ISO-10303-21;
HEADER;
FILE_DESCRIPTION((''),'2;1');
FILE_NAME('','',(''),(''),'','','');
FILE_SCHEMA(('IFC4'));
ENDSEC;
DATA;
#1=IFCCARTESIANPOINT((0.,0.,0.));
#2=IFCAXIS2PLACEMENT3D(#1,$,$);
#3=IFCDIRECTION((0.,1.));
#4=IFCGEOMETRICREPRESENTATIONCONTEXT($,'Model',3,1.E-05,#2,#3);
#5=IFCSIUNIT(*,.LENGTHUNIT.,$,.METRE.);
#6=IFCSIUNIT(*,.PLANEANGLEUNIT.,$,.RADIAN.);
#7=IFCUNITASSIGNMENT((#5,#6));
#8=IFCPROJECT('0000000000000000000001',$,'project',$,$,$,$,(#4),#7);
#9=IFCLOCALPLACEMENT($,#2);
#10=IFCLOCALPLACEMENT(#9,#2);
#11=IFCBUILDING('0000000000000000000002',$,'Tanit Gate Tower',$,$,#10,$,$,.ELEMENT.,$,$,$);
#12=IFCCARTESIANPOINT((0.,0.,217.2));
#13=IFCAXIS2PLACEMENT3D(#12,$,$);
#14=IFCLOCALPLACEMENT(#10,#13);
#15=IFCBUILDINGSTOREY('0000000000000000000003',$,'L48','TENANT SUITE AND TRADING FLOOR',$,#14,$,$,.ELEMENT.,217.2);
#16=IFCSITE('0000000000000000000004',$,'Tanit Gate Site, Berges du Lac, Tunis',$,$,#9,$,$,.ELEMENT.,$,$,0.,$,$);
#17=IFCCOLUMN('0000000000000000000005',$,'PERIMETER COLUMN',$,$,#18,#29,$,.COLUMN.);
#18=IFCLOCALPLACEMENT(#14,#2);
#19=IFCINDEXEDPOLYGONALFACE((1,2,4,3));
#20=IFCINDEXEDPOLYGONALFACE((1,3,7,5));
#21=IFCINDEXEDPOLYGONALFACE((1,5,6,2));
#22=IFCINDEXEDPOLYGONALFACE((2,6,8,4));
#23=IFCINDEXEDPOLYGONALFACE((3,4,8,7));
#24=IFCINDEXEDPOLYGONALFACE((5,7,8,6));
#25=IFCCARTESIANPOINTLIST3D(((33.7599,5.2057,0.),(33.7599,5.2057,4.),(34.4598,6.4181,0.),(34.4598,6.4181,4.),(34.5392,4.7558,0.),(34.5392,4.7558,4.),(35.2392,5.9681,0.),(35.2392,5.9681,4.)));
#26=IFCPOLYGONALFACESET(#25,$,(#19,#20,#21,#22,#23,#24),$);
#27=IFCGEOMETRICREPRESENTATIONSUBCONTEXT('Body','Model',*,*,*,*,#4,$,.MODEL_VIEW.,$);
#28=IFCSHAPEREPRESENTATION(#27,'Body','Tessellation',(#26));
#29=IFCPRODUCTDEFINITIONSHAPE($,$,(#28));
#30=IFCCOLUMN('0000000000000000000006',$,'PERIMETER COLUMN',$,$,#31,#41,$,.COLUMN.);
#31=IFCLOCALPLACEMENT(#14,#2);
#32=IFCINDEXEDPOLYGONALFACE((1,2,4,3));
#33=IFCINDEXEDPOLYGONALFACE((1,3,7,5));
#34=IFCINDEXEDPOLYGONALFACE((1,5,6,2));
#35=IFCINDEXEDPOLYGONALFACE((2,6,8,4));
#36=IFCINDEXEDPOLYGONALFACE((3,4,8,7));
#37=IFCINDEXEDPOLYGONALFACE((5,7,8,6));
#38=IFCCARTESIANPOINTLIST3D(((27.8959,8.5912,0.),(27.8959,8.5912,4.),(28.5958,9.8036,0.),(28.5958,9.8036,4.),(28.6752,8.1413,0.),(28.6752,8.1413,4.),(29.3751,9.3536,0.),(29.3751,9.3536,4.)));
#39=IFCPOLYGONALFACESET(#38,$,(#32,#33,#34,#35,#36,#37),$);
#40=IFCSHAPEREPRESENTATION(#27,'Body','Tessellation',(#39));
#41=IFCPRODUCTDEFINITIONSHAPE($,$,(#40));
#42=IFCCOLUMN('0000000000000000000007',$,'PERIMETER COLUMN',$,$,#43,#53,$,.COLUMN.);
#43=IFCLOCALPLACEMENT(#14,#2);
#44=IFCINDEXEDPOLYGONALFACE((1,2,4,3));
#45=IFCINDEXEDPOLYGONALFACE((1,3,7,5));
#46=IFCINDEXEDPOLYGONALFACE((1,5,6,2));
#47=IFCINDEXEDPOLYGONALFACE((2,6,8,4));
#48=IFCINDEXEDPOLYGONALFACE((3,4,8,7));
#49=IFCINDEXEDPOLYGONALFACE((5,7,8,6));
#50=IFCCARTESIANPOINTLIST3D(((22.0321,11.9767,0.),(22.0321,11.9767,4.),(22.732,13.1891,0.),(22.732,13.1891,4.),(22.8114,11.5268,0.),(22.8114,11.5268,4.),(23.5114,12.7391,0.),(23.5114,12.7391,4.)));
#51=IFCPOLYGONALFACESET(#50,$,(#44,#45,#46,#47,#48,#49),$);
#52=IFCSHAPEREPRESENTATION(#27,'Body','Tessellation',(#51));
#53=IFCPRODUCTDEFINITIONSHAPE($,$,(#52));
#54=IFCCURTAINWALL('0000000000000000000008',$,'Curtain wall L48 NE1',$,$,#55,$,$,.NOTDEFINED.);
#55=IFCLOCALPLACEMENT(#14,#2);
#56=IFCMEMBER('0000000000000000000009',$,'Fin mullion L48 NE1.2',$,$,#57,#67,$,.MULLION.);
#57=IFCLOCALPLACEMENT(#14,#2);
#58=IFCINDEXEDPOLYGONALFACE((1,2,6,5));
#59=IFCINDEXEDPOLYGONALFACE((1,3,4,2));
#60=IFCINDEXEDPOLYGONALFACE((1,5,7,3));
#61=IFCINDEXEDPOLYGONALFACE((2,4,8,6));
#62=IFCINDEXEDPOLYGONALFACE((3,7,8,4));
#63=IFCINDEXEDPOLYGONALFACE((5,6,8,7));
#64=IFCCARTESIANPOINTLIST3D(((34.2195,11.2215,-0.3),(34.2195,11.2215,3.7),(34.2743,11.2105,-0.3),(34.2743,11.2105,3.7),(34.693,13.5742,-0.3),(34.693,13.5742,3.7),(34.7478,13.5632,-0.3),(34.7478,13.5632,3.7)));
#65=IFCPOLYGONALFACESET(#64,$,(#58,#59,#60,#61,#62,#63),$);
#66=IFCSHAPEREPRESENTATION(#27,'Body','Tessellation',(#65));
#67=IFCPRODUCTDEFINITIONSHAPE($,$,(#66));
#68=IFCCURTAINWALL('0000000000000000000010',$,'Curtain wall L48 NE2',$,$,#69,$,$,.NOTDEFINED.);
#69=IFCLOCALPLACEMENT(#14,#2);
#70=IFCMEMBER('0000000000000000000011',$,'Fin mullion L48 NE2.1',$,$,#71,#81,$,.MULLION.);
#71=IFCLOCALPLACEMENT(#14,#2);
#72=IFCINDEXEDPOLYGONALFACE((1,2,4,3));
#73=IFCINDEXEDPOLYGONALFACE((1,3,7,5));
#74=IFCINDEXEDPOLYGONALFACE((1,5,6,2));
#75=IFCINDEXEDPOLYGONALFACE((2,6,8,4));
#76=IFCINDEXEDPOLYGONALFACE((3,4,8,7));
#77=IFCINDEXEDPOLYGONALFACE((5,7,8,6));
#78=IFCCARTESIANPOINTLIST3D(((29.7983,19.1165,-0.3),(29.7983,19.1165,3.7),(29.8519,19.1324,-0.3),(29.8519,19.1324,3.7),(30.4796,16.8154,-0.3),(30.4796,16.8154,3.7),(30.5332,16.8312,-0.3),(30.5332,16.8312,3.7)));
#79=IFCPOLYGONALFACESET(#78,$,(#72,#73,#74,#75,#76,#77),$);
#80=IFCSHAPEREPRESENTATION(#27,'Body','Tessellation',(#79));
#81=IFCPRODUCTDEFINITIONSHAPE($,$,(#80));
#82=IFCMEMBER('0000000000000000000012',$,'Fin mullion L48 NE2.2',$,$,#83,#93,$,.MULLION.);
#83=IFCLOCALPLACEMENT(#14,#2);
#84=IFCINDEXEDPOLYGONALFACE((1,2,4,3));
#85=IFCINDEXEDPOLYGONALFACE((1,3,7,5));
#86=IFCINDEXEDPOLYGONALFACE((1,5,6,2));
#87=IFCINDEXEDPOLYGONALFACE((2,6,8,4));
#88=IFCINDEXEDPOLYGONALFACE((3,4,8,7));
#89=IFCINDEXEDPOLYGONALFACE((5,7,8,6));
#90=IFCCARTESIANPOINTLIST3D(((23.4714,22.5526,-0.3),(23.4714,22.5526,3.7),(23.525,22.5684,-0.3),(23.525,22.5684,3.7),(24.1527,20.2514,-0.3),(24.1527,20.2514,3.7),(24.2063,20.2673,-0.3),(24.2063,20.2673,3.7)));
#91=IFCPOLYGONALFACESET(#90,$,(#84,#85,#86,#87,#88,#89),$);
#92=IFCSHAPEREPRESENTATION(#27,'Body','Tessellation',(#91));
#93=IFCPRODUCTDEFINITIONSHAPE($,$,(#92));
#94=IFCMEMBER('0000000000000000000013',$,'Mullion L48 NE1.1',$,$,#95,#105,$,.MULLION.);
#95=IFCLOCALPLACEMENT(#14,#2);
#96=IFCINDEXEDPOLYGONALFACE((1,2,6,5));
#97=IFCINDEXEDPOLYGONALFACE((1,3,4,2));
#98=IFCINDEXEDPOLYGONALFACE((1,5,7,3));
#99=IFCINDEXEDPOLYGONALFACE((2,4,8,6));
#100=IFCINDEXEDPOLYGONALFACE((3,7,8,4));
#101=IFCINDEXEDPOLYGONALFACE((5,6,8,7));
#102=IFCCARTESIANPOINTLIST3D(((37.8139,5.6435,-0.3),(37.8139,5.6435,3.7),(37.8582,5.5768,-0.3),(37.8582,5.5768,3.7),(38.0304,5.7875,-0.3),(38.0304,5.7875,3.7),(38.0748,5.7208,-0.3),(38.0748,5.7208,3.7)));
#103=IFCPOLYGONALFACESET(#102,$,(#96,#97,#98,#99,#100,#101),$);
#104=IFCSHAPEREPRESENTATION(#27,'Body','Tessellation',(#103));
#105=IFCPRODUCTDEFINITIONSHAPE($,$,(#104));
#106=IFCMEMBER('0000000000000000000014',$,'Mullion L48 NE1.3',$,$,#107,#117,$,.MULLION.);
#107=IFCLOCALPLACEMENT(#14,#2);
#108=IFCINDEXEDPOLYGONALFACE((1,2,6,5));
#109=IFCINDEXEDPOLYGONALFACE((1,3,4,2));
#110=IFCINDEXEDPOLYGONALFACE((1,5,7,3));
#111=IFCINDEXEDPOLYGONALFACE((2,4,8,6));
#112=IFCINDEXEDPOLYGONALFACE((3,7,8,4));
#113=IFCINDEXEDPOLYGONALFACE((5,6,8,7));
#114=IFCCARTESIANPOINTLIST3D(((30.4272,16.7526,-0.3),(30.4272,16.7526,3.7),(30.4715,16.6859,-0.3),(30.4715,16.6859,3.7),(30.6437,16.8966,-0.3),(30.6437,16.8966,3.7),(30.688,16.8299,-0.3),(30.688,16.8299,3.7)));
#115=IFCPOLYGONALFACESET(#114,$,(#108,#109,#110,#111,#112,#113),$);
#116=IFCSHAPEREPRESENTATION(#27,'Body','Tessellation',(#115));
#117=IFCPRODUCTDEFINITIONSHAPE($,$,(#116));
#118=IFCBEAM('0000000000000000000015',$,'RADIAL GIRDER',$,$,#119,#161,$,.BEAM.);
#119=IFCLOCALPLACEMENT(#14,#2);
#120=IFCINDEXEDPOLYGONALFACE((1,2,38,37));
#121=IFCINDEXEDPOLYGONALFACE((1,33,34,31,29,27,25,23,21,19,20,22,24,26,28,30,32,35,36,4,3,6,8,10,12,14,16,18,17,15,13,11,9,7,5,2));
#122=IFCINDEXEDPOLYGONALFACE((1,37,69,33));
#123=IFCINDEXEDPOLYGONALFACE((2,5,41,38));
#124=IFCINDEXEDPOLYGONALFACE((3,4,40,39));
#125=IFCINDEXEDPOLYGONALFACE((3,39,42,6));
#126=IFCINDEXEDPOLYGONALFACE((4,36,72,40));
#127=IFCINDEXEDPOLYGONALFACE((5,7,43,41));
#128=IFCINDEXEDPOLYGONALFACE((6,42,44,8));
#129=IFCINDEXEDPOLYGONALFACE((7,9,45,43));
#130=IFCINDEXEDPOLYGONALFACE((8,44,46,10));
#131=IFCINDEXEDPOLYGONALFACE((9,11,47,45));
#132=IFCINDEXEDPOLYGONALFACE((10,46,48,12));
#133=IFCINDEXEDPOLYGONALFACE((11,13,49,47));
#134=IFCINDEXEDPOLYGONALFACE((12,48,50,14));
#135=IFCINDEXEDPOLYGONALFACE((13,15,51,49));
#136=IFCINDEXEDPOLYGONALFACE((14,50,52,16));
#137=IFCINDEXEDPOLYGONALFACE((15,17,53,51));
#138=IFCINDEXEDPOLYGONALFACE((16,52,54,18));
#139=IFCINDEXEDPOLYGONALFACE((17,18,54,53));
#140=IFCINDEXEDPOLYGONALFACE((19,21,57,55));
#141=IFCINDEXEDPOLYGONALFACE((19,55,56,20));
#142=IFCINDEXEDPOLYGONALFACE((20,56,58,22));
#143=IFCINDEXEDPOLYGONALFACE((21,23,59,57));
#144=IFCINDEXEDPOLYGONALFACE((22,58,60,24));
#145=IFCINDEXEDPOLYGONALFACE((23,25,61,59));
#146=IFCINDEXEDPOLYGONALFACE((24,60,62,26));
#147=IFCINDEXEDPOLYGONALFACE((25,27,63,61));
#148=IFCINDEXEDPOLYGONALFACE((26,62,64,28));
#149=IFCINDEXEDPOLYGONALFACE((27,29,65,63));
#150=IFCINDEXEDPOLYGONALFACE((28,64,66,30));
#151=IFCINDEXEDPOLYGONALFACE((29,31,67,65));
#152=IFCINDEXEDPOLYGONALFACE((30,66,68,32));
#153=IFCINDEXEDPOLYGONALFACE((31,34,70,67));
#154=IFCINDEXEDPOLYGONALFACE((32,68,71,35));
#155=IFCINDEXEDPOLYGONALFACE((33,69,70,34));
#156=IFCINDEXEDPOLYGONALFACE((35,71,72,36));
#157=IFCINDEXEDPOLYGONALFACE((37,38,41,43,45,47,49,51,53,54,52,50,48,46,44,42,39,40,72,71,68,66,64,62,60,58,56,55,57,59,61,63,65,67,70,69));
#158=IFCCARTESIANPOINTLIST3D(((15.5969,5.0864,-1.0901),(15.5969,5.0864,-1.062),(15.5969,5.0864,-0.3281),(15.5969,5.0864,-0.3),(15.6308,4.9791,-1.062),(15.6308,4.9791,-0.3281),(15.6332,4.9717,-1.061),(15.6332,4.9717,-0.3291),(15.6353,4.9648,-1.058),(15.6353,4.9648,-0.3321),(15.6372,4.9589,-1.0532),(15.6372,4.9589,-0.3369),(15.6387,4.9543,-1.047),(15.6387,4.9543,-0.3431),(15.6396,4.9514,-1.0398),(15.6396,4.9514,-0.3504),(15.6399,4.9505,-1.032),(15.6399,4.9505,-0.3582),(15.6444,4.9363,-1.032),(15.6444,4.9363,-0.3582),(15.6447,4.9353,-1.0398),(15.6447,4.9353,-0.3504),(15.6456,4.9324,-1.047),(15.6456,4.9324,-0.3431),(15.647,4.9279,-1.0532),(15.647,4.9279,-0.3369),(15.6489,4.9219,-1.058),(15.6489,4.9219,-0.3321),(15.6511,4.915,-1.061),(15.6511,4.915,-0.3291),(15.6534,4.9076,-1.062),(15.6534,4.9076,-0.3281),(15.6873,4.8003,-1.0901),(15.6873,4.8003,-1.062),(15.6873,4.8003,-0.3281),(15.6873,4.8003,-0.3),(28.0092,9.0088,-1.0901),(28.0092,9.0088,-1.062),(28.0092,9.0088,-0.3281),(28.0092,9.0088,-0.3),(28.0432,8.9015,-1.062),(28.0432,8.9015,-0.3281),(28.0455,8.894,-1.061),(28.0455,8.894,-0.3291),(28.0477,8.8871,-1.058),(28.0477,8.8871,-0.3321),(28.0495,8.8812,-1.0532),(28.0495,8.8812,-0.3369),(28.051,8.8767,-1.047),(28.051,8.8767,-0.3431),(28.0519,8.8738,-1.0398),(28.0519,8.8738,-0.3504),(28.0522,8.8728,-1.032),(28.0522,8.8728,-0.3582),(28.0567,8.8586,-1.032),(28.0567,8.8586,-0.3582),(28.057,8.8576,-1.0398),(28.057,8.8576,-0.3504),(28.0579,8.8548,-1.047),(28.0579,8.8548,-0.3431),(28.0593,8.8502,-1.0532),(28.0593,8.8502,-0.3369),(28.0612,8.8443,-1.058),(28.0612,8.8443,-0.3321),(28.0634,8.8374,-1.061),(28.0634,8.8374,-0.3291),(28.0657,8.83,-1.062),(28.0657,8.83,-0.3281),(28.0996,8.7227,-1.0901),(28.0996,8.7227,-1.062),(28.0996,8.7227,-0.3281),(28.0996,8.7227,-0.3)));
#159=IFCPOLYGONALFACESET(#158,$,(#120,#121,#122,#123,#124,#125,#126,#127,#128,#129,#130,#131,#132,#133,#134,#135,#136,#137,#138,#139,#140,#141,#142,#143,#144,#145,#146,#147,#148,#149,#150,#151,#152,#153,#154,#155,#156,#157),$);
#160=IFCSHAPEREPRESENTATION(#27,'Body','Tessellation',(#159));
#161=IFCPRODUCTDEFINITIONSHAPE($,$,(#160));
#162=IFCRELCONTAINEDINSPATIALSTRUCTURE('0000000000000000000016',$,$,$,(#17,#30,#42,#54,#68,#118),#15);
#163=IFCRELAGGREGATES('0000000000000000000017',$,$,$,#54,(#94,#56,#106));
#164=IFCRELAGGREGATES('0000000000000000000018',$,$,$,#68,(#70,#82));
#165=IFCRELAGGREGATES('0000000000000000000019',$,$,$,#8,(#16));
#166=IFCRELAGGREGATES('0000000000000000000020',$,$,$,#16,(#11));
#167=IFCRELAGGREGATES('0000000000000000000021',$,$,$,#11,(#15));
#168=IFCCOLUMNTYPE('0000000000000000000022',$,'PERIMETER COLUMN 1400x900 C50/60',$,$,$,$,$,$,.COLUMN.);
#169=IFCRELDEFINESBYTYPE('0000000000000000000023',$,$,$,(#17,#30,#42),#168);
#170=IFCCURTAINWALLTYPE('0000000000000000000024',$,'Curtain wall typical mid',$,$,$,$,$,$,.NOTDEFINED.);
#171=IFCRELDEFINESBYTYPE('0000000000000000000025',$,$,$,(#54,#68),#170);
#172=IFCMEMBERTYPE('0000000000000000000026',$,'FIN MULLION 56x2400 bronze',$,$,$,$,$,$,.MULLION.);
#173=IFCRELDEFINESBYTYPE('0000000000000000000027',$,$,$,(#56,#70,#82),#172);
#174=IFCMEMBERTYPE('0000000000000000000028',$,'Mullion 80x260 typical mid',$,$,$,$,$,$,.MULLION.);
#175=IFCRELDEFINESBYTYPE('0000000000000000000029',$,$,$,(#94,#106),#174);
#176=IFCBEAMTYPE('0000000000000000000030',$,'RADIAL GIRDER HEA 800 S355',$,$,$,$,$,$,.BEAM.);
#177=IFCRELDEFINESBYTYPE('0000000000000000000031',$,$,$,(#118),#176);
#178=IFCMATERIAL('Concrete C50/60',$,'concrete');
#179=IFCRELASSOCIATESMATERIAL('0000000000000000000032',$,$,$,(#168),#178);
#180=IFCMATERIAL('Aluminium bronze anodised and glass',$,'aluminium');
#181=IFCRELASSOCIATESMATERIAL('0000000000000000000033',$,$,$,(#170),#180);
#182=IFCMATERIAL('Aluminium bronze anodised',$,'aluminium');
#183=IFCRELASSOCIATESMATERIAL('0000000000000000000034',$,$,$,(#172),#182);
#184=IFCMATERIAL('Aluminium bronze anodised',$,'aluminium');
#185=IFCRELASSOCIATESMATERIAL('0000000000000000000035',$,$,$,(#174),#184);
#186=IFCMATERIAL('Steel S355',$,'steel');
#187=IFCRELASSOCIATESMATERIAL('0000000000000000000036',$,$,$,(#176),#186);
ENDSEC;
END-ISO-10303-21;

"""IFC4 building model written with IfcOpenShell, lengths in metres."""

from ifc_helpers import new_model, si_unit, direction, frame, origin, origin_2d, place, context, subcontext, project, spatial, rectangle, i_section, extrude, material, material_profile, profile_set, type_object, element, aggregate, save


model = new_model("IFC4")

# Units and contexts
model_context = context("Model", 3, precision=1e-05, world=origin(), true_north=direction((0.0, 1.0)))
body_context = subcontext(model_context, "Body", "Model", "MODEL_VIEW")
ifc_project = project(units=[si_unit("LENGTHUNIT", "METRE"), si_unit("PLANEANGLEUNIT", "RADIAN")], contexts=[model_context])

# Site, building, storey
site_placement = place(None, origin())
site = spatial("IfcSite", under=ifc_project, at=site_placement, Name="Tanit Gate Site, Berges du Lac, Tunis", CompositionType="ELEMENT", RefElevation=0.0)
building_placement = place(site_placement, origin())
building = spatial("IfcBuilding", under=site, at=building_placement, Name="Tanit Gate Tower", CompositionType="ELEMENT")
storey_placement = place(building_placement, frame((0.0, 0.0, 217.2)))
storey = spatial("IfcBuildingStorey", under=building, at=storey_placement, Name="L48", Description="TENANT SUITE AND TRADING FLOOR", CompositionType="ELEMENT", Elevation=217.2)

# Columns
ifc_material_1 = material(Name="Concrete C50/60", Category="concrete")
ifc_material_profile_1 = material_profile(ifc_material_1, rectangle(XDim=1.3999, YDim=0.8999, at=origin_2d()), Name="RC 1400x900")
ifc_profile_set_1 = profile_set([ifc_material_profile_1], Name="Concrete C50/60")
column_type = type_object("IfcColumnType", Name="PERIMETER COLUMN 1400x900 C50/60", PredefinedType="COLUMN", material=ifc_profile_set_1)
for number, where, z_axis, x_axis, name in (
    (1, (34.4995, 5.5869, 0.0), (0.0, 0.0, 1.0), (0.5, 0.866025, 0.0), "PERIMETER COLUMN"),
    (2, (28.6355, 8.9724, 0.0), (0.0, 0.0, 1.0), (0.5, 0.866025, 0.0), "PERIMETER COLUMN"),
    (3, (22.7717, 12.3579, 0.0), (0.0, 0.0, 1.0), (0.5, 0.866025, 0.0), "PERIMETER COLUMN"),
):
    element("IfcColumn", number, at=place(storey_placement, frame(where, z_axis=z_axis, x_axis=x_axis)), inside=storey, type_object=column_type, Name=name, PredefinedType="COLUMN", context=body_context, shape_type="SweptSolid", body=[
        extrude(rectangle(XDim=1.3999, YDim=0.8999, at=origin_2d()), origin(), (0.0, 0.0, 1.0), 4.0),
    ])

# Curtain wall, member
ifc_material_2 = material(Name="Aluminium bronze anodised and glass", Category="aluminium")
curtain_wall_type = type_object("IfcCurtainWallType", Name="Curtain wall typical mid", PredefinedType="NOTDEFINED", material=ifc_material_2)
curtain_wall_1_placement = place(storey_placement, origin())
curtain_wall_1 = element("IfcCurtainWall", 4, at=curtain_wall_1_placement, inside=storey, type_object=curtain_wall_type, Name="Curtain wall L48 NE1", PredefinedType="NOTDEFINED")
ifc_material_3 = material(Name="Aluminium bronze anodised", Category="aluminium")
ifc_material_profile_2 = material_profile(ifc_material_3, rectangle(XDim=2.3999, YDim=0.0559, at=origin_2d()), Name="56x2400 bronze fin mullion")
ifc_profile_set_2 = profile_set([ifc_material_profile_2], Name="Aluminium bronze anodised")
member_type_1 = type_object("IfcMemberType", Name="FIN MULLION 56x2400 bronze", PredefinedType="MULLION", material=ifc_profile_set_2)
member_1_placement = place(storey_placement, frame((34.4836, 12.3923, -0.3), z_axis=(0.0, 0.0, 1.0), x_axis=(-0.197295, -0.980344, 0.0)))
member_1 = element("IfcMember", 5, at=member_1_placement, type_object=member_type_1, Name="Fin mullion L48 NE1.2", PredefinedType="MULLION", context=body_context, shape_type="SweptSolid", body=[
    extrude(rectangle(XDim=2.3999, YDim=0.0559, at=origin_2d()), origin(), (0.0, 0.0, 1.0), 4.0),
])

# Curtain wall, members
curtain_wall_2_placement = place(storey_placement, origin())
curtain_wall_2 = element("IfcCurtainWall", 6, at=curtain_wall_2_placement, inside=storey, type_object=curtain_wall_type, Name="Curtain wall L48 NE2", PredefinedType="NOTDEFINED")
member_2_placement = place(storey_placement, frame((30.1658, 17.9739, -0.3), z_axis=(0.0, 0.0, 1.0), x_axis=(0.283906, -0.958852, 0.0)))
member_2 = element("IfcMember", 7, at=member_2_placement, type_object=member_type_1, Name="Fin mullion L48 NE2.1", PredefinedType="MULLION", context=body_context, shape_type="SweptSolid", body=[
    extrude(rectangle(XDim=2.3999, YDim=0.0559, at=origin_2d()), origin(), (0.0, 0.0, 1.0), 4.0),
])
member_3_placement = place(storey_placement, frame((23.8389, 21.4099, -0.3), z_axis=(0.0, 0.0, 1.0), x_axis=(0.283906, -0.958852, 0.0)))
member_3 = element("IfcMember", 8, at=member_3_placement, type_object=member_type_1, Name="Fin mullion L48 NE2.2", PredefinedType="MULLION", context=body_context, shape_type="SweptSolid", body=[
    extrude(rectangle(XDim=2.3999, YDim=0.0559, at=origin_2d()), origin(), (0.0, 0.0, 1.0), 4.0),
])

# Members
ifc_material_4 = material(Name="Aluminium bronze anodised", Category="aluminium")
ifc_material_profile_3 = material_profile(ifc_material_4, rectangle(XDim=0.26, YDim=0.0801, at=origin_2d()), Name="80x260 bronze mullion")
ifc_profile_set_3 = profile_set([ifc_material_profile_3], Name="Aluminium bronze anodised")
member_type_2 = type_object("IfcMemberType", Name="Mullion 80x260 typical mid", PredefinedType="MULLION", material=ifc_profile_set_3)
member_4_placement = place(storey_placement, frame((37.9443, 5.6821, -0.3), z_axis=(0.0, 0.0, 1.0), x_axis=(-0.832717, -0.553699, 0.0)))
member_4 = element("IfcMember", 9, at=member_4_placement, type_object=member_type_2, Name="Mullion L48 NE1.1", PredefinedType="MULLION", context=body_context, shape_type="SweptSolid", body=[
    extrude(rectangle(XDim=0.26, YDim=0.0801, at=origin_2d()), origin(), (0.0, 0.0, 1.0), 4.0),
])
member_5_placement = place(storey_placement, frame((30.5576, 16.7913, -0.3), z_axis=(0.0, 0.0, 1.0), x_axis=(-0.832717, -0.553699, 0.0)))
member_5 = element("IfcMember", 10, at=member_5_placement, type_object=member_type_2, Name="Mullion L48 NE1.3", PredefinedType="MULLION", context=body_context, shape_type="SweptSolid", body=[
    extrude(rectangle(XDim=0.26, YDim=0.0801, at=origin_2d()), origin(), (0.0, 0.0, 1.0), 4.0),
])

# Beam
ifc_material_5 = material(Name="Steel S355", Category="steel")
ifc_material_profile_4 = material_profile(ifc_material_5, i_section(OverallWidth=0.3, OverallDepth=0.79, WebThickness=0.0149, FlangeThickness=0.0281, FilletRadius=0.03, at=origin_2d()), Name="HEA 800")
ifc_profile_set_4 = profile_set([ifc_material_profile_4], Name="Steel S355")
beam_type_1 = type_object("IfcBeamType", Name="RADIAL GIRDER HEA 800 S355", PredefinedType="BEAM", material=ifc_profile_set_4)
beam_1_placement = place(storey_placement, frame((28.0544, 8.8657, -0.6951), z_axis=(-0.953524, -0.301318, 0.0), x_axis=(0.301318, -0.953524, 0.0)))
element("IfcBeam", 11, at=beam_1_placement, inside=storey, type_object=beam_type_1, Name="RADIAL GIRDER", PredefinedType="BEAM", context=body_context, shape_type="SweptSolid", body=[
    extrude(i_section(OverallWidth=0.3, OverallDepth=0.79, WebThickness=0.0149, FlangeThickness=0.0281, FilletRadius=0.03, at=origin_2d()), origin(), (0.0, 0.0, 1.0), 13.0173),
])

aggregate(curtain_wall_1, [member_4, member_1, member_5])
aggregate(curtain_wall_2, [member_2, member_3])

save(model, "model.ifc")
